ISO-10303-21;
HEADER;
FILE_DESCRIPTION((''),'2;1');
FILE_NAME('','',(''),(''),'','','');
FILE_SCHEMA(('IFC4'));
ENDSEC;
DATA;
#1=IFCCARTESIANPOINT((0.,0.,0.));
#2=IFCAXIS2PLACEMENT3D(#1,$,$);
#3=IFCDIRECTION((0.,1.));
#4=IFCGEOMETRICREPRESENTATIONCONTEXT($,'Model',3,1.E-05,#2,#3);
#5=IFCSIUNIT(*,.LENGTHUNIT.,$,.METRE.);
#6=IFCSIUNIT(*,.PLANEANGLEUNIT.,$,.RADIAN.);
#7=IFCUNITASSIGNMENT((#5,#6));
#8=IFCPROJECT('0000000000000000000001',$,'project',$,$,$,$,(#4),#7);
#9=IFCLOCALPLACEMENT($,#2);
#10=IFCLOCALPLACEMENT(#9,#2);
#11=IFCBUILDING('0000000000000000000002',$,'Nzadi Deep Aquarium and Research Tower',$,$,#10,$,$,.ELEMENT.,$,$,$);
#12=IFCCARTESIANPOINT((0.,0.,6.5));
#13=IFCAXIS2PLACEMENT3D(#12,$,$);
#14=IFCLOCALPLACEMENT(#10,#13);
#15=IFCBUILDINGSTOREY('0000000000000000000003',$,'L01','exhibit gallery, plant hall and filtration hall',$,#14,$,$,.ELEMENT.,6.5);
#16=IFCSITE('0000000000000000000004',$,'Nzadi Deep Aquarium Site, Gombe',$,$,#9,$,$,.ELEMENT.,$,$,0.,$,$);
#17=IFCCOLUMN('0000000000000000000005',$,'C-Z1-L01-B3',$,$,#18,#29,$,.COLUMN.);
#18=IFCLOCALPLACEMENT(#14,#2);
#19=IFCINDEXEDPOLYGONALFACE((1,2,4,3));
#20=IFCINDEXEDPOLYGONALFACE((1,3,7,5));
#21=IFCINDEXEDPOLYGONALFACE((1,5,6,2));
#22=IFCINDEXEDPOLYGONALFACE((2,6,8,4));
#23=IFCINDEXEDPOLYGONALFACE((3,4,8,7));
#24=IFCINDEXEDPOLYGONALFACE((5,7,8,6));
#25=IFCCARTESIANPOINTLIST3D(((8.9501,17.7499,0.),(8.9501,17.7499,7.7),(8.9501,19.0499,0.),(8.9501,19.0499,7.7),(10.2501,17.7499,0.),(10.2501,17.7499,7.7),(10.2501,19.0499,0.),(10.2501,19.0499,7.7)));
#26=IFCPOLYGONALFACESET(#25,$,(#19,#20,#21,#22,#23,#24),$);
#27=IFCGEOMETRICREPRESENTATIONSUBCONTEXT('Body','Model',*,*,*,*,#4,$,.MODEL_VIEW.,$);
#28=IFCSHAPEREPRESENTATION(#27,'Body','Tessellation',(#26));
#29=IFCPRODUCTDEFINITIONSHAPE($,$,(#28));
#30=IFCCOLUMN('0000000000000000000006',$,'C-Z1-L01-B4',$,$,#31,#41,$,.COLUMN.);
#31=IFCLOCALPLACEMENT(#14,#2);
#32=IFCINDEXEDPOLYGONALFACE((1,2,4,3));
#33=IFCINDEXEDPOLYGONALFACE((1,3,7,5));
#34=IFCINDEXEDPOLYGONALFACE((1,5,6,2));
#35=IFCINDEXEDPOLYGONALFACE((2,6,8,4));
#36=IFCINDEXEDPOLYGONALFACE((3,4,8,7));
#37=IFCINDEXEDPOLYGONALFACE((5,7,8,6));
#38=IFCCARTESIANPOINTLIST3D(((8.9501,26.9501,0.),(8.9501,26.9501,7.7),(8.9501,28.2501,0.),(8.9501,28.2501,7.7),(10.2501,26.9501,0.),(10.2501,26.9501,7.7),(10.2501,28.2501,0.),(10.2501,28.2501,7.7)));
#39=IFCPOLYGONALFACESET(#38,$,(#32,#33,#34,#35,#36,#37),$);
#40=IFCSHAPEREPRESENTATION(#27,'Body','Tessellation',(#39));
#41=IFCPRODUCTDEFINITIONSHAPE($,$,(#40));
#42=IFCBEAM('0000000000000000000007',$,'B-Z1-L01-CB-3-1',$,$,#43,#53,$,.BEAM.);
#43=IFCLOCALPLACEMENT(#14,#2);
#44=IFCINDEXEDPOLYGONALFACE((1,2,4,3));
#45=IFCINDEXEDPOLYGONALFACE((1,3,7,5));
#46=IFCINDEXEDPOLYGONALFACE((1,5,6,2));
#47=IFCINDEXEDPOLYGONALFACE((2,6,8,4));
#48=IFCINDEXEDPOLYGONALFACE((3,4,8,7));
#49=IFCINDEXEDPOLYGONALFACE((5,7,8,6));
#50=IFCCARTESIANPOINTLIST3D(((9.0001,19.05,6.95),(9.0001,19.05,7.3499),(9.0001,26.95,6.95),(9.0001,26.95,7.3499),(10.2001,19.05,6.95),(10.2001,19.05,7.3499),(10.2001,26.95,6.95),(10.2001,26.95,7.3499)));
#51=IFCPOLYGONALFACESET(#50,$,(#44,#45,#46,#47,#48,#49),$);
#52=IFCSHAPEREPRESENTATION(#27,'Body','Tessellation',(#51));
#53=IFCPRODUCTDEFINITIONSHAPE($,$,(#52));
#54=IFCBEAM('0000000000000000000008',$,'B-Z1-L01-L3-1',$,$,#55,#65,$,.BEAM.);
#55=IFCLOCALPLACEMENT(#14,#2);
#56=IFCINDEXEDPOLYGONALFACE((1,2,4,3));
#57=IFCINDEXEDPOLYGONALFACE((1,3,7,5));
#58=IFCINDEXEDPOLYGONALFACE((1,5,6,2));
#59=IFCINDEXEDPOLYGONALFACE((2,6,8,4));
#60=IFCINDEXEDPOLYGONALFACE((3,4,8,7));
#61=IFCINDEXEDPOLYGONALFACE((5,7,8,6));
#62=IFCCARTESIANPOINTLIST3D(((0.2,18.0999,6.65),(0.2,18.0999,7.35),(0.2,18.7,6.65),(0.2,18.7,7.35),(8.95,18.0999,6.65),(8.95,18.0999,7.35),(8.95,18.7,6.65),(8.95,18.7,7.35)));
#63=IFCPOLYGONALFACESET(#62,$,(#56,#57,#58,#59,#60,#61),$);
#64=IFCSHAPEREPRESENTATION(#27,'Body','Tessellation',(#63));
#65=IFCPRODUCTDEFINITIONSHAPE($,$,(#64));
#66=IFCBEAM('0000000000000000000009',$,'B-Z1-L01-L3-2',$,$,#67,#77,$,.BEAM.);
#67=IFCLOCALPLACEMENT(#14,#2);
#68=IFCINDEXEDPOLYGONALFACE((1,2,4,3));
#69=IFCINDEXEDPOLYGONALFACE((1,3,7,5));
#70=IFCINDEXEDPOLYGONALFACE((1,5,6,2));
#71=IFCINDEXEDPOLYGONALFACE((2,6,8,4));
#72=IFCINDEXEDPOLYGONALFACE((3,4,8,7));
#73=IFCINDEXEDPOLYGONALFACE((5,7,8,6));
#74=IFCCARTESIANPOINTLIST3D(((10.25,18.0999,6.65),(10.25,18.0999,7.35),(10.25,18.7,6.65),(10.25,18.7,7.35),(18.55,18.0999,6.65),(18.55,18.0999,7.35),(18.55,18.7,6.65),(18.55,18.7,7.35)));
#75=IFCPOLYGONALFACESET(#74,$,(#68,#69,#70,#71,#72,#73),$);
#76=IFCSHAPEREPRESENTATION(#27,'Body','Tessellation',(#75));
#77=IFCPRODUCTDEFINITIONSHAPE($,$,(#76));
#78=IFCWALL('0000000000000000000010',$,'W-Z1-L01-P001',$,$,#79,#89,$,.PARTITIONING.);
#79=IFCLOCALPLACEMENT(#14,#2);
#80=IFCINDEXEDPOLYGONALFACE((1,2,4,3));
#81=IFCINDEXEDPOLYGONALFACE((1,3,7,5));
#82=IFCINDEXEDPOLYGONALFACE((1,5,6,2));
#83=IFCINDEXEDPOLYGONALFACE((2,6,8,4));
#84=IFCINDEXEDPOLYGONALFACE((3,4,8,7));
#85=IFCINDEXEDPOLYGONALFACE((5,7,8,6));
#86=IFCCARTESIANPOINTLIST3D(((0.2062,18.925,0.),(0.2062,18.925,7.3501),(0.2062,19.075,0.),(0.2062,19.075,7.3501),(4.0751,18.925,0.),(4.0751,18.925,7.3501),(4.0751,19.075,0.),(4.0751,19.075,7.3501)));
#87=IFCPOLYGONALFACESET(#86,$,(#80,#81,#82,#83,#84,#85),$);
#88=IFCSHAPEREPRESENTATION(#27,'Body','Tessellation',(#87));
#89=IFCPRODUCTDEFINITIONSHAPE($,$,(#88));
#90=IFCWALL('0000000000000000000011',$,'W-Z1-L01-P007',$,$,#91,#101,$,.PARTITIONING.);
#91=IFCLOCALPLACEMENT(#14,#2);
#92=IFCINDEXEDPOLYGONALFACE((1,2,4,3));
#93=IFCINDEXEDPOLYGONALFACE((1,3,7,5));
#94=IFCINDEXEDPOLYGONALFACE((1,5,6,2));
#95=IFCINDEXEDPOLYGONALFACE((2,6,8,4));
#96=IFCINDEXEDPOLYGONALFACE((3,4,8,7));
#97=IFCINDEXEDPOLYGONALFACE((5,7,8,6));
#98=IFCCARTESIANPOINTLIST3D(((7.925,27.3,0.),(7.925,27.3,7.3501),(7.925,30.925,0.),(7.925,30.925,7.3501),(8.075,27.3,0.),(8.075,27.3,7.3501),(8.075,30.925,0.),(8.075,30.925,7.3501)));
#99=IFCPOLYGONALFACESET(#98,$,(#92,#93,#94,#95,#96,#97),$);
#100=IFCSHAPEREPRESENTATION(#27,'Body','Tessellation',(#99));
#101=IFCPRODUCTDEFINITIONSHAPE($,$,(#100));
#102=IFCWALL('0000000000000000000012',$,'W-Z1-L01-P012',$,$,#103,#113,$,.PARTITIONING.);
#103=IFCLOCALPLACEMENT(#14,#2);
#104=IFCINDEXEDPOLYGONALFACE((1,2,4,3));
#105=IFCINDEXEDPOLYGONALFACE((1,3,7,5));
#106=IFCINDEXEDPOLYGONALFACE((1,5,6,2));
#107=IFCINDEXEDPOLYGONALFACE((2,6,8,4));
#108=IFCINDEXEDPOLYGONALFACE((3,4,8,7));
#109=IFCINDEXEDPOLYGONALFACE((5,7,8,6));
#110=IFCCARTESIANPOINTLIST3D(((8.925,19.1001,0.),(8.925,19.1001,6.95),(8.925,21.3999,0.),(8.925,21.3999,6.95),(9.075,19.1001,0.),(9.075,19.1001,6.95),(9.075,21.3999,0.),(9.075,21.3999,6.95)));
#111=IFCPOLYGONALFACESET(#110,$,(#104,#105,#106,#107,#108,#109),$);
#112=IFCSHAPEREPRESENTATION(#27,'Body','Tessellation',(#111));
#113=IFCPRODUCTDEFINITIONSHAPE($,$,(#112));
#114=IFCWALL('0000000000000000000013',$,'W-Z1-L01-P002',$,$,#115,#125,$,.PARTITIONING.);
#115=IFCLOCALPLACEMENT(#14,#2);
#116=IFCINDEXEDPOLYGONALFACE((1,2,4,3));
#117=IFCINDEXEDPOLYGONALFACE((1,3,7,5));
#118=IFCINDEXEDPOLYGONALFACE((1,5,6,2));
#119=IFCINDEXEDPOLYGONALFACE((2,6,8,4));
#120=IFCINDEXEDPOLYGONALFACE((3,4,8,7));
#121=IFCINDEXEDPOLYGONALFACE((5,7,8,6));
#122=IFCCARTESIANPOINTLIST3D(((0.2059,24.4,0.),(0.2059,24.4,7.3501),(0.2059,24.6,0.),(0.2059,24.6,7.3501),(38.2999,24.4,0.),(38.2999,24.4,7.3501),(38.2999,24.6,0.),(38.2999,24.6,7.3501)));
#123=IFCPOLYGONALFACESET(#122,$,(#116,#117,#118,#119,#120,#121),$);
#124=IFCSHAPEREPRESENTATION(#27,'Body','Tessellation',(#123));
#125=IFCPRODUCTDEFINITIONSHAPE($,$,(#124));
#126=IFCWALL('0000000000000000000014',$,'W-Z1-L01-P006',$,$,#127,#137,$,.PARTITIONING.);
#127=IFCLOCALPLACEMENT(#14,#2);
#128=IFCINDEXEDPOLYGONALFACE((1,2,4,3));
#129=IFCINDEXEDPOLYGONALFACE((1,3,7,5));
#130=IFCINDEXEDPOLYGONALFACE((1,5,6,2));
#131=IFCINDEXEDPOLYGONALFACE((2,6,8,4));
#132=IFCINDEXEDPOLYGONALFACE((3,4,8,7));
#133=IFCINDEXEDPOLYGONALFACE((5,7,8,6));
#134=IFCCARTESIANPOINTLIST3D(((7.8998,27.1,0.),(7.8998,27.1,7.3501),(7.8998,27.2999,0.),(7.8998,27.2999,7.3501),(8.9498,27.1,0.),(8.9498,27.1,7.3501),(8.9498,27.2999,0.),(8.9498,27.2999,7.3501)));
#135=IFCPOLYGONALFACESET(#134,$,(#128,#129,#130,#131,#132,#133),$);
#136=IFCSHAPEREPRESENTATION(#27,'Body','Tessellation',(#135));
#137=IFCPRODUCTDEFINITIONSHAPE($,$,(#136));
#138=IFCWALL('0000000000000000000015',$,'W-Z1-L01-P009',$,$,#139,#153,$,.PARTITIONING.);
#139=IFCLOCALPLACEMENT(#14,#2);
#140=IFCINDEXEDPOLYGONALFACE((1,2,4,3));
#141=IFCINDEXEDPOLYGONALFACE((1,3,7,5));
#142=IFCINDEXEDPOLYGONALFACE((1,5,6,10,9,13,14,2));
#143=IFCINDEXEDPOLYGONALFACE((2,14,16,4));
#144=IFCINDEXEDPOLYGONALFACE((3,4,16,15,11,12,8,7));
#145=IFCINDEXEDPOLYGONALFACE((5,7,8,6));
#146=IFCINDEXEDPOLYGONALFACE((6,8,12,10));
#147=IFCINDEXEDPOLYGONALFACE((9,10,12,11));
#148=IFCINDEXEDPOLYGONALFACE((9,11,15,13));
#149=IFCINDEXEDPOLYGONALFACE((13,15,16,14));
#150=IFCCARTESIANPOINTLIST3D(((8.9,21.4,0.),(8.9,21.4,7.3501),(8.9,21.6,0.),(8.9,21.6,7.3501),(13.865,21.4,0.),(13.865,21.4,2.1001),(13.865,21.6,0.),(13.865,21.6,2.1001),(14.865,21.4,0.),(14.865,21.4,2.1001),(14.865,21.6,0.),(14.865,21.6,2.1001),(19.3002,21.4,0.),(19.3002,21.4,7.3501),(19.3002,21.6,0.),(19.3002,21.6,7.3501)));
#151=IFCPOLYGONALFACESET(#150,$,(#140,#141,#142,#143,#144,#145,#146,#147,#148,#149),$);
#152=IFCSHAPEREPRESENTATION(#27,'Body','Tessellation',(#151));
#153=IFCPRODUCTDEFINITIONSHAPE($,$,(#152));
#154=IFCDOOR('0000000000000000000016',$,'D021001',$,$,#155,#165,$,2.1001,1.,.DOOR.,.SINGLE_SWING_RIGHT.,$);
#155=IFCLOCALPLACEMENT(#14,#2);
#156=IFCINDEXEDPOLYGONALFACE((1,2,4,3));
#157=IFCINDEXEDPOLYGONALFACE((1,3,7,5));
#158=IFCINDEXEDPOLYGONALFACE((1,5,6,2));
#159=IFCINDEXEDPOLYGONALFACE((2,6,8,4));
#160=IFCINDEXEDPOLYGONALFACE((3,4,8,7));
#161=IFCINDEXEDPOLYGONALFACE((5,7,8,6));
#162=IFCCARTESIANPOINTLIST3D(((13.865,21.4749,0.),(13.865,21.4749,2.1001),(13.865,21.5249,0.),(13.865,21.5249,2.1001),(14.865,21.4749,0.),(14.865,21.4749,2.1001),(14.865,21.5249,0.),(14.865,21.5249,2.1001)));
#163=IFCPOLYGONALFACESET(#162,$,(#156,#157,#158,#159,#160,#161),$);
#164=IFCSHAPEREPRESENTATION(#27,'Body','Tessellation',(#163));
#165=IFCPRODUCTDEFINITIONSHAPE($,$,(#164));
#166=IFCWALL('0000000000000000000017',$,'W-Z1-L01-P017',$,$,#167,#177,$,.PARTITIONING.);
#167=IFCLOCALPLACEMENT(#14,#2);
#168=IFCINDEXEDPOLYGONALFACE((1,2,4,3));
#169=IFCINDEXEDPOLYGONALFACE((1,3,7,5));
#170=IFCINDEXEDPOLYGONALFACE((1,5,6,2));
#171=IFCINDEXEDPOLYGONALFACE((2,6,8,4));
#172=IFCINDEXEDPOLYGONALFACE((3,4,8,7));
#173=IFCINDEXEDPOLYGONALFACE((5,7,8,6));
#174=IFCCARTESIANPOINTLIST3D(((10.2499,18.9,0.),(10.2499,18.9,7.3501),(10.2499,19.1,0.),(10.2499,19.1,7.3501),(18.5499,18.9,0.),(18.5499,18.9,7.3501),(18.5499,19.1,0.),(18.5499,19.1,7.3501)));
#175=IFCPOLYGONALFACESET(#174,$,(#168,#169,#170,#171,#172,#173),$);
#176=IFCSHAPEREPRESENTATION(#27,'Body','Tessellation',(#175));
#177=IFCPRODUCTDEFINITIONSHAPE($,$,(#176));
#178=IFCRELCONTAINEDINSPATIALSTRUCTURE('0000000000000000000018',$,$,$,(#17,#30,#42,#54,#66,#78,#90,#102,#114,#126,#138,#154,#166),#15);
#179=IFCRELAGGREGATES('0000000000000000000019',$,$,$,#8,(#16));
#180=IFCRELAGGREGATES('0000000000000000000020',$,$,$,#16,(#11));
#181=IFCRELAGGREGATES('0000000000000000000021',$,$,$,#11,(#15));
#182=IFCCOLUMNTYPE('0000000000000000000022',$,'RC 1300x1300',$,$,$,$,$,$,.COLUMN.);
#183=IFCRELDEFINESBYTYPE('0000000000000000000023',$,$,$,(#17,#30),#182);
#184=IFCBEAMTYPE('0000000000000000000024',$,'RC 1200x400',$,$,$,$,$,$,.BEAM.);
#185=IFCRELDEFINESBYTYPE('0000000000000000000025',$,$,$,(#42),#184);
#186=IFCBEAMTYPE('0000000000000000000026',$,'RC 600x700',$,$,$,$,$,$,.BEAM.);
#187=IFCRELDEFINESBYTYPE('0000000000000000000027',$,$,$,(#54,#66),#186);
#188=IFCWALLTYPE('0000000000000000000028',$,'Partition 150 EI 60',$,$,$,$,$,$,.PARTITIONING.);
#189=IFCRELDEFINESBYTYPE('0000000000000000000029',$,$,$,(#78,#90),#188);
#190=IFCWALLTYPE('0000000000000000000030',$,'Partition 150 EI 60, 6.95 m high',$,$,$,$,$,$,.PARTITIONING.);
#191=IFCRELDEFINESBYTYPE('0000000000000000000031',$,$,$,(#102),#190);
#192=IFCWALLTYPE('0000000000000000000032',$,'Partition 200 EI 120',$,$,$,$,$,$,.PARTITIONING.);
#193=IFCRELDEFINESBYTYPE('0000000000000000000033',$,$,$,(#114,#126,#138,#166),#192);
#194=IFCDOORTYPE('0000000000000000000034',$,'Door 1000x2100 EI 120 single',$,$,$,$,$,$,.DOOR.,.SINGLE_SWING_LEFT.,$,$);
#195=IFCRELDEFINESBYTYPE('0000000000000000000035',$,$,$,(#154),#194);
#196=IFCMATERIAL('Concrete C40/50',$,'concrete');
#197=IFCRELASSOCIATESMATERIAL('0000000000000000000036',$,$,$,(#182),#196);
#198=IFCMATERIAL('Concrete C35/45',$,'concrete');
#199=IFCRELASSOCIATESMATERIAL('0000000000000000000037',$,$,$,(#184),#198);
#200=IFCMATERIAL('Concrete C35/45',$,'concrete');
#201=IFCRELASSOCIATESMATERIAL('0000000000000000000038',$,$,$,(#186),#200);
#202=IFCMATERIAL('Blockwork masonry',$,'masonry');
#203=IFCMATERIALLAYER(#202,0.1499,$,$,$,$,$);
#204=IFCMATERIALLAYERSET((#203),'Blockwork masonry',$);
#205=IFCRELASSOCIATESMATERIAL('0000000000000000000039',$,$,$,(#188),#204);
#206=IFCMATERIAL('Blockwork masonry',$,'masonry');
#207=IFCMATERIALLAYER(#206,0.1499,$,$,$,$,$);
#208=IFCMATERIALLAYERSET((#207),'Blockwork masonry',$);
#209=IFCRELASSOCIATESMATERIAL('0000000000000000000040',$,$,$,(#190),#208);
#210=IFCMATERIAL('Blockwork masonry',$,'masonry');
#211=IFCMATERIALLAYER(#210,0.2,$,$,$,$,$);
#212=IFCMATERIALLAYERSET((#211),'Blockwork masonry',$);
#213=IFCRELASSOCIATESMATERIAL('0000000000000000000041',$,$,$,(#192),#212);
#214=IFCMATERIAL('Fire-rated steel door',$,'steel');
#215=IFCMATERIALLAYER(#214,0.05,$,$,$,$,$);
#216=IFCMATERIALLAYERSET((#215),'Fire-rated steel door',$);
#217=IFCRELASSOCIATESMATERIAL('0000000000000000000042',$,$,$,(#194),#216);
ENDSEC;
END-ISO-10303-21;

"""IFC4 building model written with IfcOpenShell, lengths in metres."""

from ifc_helpers import new_model, si_unit, direction, frame, frame_2d, origin, origin_2d, place, context, subcontext, project, spatial, rectangle, extrude, material, layer, layer_set, material_profile, profile_set, type_object, element, fill, save


model = new_model("IFC4")

# Units and contexts
model_context = context("Model", 3, precision=1e-05, world=origin(), true_north=direction((0.0, 1.0)))
body_context = subcontext(model_context, "Body", "Model", "MODEL_VIEW")
ifc_project = project(units=[si_unit("LENGTHUNIT", "METRE"), si_unit("PLANEANGLEUNIT", "RADIAN")], contexts=[model_context])

# Site, building, storey
site_placement = place(None, origin())
site = spatial("IfcSite", under=ifc_project, at=site_placement, Name="Nzadi Deep Aquarium Site, Gombe", CompositionType="ELEMENT", RefElevation=0.0)
building_placement = place(site_placement, origin())
building = spatial("IfcBuilding", under=site, at=building_placement, Name="Nzadi Deep Aquarium and Research Tower", CompositionType="ELEMENT")
storey_placement = place(building_placement, frame((0.0, 0.0, 6.5)))
storey = spatial("IfcBuildingStorey", under=building, at=storey_placement, Name="L01", Description="exhibit gallery, plant hall and filtration hall", CompositionType="ELEMENT", Elevation=6.5)

# Columns
ifc_material_1 = material(Name="Concrete C40/50", Category="concrete")
ifc_material_profile_1 = material_profile(ifc_material_1, rectangle(XDim=1.3, YDim=1.3, at=origin_2d()))
ifc_profile_set_1 = profile_set([ifc_material_profile_1], Name="Concrete C40/50")
column_type = type_object("IfcColumnType", Name="RC 1300x1300", PredefinedType="COLUMN", material=ifc_profile_set_1)
for number, where, z_axis, x_axis, name in (
    (1, (9.6001, 18.3999, 0.0), (0.0, 0.0, 1.0), (1.0, 0.0, 0.0), "C-Z1-L01-B3"),
    (2, (9.6001, 27.6001, 0.0), (0.0, 0.0, 1.0), (1.0, 0.0, 0.0), "C-Z1-L01-B4"),
):
    element("IfcColumn", number, at=place(storey_placement, frame(where, z_axis=z_axis, x_axis=x_axis)), inside=storey, type_object=column_type, Name=name, PredefinedType="COLUMN", context=body_context, shape_type="SweptSolid", body=[
        extrude(rectangle(XDim=1.3, YDim=1.3, at=origin_2d()), origin(), (0.0, 0.0, 1.0), 7.7),
    ])

# Beams
ifc_material_2 = material(Name="Concrete C35/45", Category="concrete")
ifc_material_profile_2 = material_profile(ifc_material_2, rectangle(XDim=1.2, YDim=0.3999, at=origin_2d()))
ifc_profile_set_2 = profile_set([ifc_material_profile_2], Name="Concrete C35/45")
beam_type_1 = type_object("IfcBeamType", Name="RC 1200x400", PredefinedType="BEAM", material=ifc_profile_set_2)
beam_1_placement = place(storey_placement, frame((9.6001, 19.05, 7.1499), z_axis=(0.0, 1.0, 0.0), x_axis=(-1.0, 0.0, 0.0)))
element("IfcBeam", 3, at=beam_1_placement, inside=storey, type_object=beam_type_1, Name="B-Z1-L01-CB-3-1", PredefinedType="BEAM", context=body_context, shape_type="SweptSolid", body=[
    extrude(rectangle(XDim=1.2, YDim=0.3999, at=origin_2d()), origin(), (0.0, 0.0, 1.0), 7.8999),
])
ifc_material_3 = material(Name="Concrete C35/45", Category="concrete")
ifc_material_profile_3 = material_profile(ifc_material_3, rectangle(XDim=0.6001, YDim=0.7, at=origin_2d()))
ifc_profile_set_3 = profile_set([ifc_material_profile_3], Name="Concrete C35/45")
beam_type_2 = type_object("IfcBeamType", Name="RC 600x700", PredefinedType="BEAM", material=ifc_profile_set_3)
beam_2_placement = place(storey_placement, frame((0.2, 18.3999, 7.0), z_axis=(1.0, 0.0, 0.0), x_axis=(0.0, 1.0, 0.0)))
element("IfcBeam", 4, at=beam_2_placement, inside=storey, type_object=beam_type_2, Name="B-Z1-L01-L3-1", PredefinedType="BEAM", context=body_context, shape_type="SweptSolid", body=[
    extrude(rectangle(XDim=0.6001, YDim=0.7, at=origin_2d()), origin(), (0.0, 0.0, 1.0), 8.75),
])
beam_3_placement = place(storey_placement, frame((10.25, 18.3999, 7.0), z_axis=(1.0, 0.0, 0.0), x_axis=(0.0, 1.0, 0.0)))
element("IfcBeam", 5, at=beam_3_placement, inside=storey, type_object=beam_type_2, Name="B-Z1-L01-L3-2", PredefinedType="BEAM", context=body_context, shape_type="SweptSolid", body=[
    extrude(rectangle(XDim=0.6001, YDim=0.7, at=origin_2d()), origin(), (0.0, 0.0, 1.0), 8.3),
])

# Walls
ifc_material_4 = material(Name="Blockwork masonry", Category="masonry")
ifc_layer_1 = layer(ifc_material_4, 0.1499)
ifc_layer_set_1 = layer_set([ifc_layer_1], Name="Blockwork masonry")
wall_type_1 = type_object("IfcWallType", Name="Partition 150 EI 60", PredefinedType="PARTITIONING", material=ifc_layer_set_1)
wall_1_placement = place(storey_placement, frame((0.2061, 19.0, 0.0), z_axis=(0.0, 0.0, 1.0), x_axis=(1.0, 0.0, 0.0)))
element("IfcWall", 6, at=wall_1_placement, inside=storey, type_object=wall_type_1, Name="W-Z1-L01-P001", PredefinedType="PARTITIONING", context=body_context, shape_type="SweptSolid", body=[
    extrude(rectangle(XDim=3.8689, YDim=0.1499, at=frame_2d((1.9346, 0.0))), origin(), (0.0, 0.0, 1.0), 7.3501),
])
wall_2_placement = place(storey_placement, frame((8.0, 27.3, 0.0), z_axis=(0.0, 0.0, 1.0), x_axis=(0.0, 1.0, 0.0)))
element("IfcWall", 7, at=wall_2_placement, inside=storey, type_object=wall_type_1, Name="W-Z1-L01-P007", PredefinedType="PARTITIONING", context=body_context, shape_type="SweptSolid", body=[
    extrude(rectangle(XDim=3.625, YDim=0.1499, at=frame_2d((1.8125, 0.0))), origin(), (0.0, 0.0, 1.0), 7.3501),
])
ifc_material_5 = material(Name="Blockwork masonry", Category="masonry")
ifc_layer_2 = layer(ifc_material_5, 0.1499)
ifc_layer_set_2 = layer_set([ifc_layer_2], Name="Blockwork masonry")
wall_type_2 = type_object("IfcWallType", Name="Partition 150 EI 60, 6.95 m high", PredefinedType="PARTITIONING", material=ifc_layer_set_2)
wall_3_placement = place(storey_placement, frame((9.0, 19.1001, 0.0), z_axis=(0.0, 0.0, 1.0), x_axis=(0.0, 1.0, 0.0)))
element("IfcWall", 8, at=wall_3_placement, inside=storey, type_object=wall_type_2, Name="W-Z1-L01-P012", PredefinedType="PARTITIONING", context=body_context, shape_type="SweptSolid", body=[
    extrude(rectangle(XDim=2.2998, YDim=0.1499, at=frame_2d((1.1499, 0.0))), origin(), (0.0, 0.0, 1.0), 6.95),
])
ifc_material_6 = material(Name="Blockwork masonry", Category="masonry")
ifc_layer_3 = layer(ifc_material_6, 0.2)
ifc_layer_set_3 = layer_set([ifc_layer_3], Name="Blockwork masonry")
wall_type_3 = type_object("IfcWallType", Name="Partition 200 EI 120", PredefinedType="PARTITIONING", material=ifc_layer_set_3)
wall_4_placement = place(storey_placement, frame((0.2061, 24.5, 0.0), z_axis=(0.0, 0.0, 1.0), x_axis=(1.0, 0.0, 0.0)))
element("IfcWall", 9, at=wall_4_placement, inside=storey, type_object=wall_type_3, Name="W-Z1-L01-P002", PredefinedType="PARTITIONING", context=body_context, shape_type="SweptSolid", body=[
    extrude(rectangle(XDim=38.094, YDim=0.2, at=frame_2d((19.0469, 0.0))), origin(), (0.0, 0.0, 1.0), 7.3501),
])
wall_5_placement = place(storey_placement, frame((7.8999, 27.2, 0.0), z_axis=(0.0, 0.0, 1.0), x_axis=(1.0, 0.0, 0.0)))
element("IfcWall", 10, at=wall_5_placement, inside=storey, type_object=wall_type_3, Name="W-Z1-L01-P006", PredefinedType="PARTITIONING", context=body_context, shape_type="SweptSolid", body=[
    extrude(rectangle(XDim=1.05, YDim=0.2, at=frame_2d((0.5249, 0.0))), origin(), (0.0, 0.0, 1.0), 7.3501),
])

# Wall, opening, door
wall_6_placement = place(storey_placement, frame((8.8999, 21.5, 0.0), z_axis=(0.0, 0.0, 1.0), x_axis=(1.0, 0.0, 0.0)))
wall_6 = element("IfcWall", 11, at=wall_6_placement, inside=storey, type_object=wall_type_3, Name="W-Z1-L01-P009", PredefinedType="PARTITIONING", context=body_context, shape_type="SweptSolid", body=[
    extrude(rectangle(XDim=10.4001, YDim=0.2, at=frame_2d((5.2002, 0.0))), origin(), (0.0, 0.0, 1.0), 7.3501),
])
opening_1_placement = place(wall_6_placement, frame((4.9651, 0.0, 0.0)))
opening_1 = element("IfcOpeningElement", 12, at=opening_1_placement, cuts=wall_6, PredefinedType="OPENING", context=body_context, shape_type="SweptSolid", body=[
    extrude(rectangle(XDim=1.0, YDim=2.1001, at=frame_2d((0.5, 1.05))), frame((0.0, 0.1101, 0.0), z_axis=(0.0, -1.0, 0.0), x_axis=(1.0, 0.0, 0.0)), (0.0, 0.0, 1.0), 0.2202),
])
ifc_material_7 = material(Name="Fire-rated steel door", Category="steel")
ifc_layer_4 = layer(ifc_material_7, 0.05)
ifc_layer_set_4 = layer_set([ifc_layer_4], Name="Fire-rated steel door")
door_type_1 = type_object("IfcDoorType", Name="Door 1000x2100 EI 120 single", OperationType="SINGLE_SWING_LEFT", PredefinedType="DOOR", material=ifc_layer_set_4)
door_1_placement = place(opening_1_placement, origin())
door_1 = element("IfcDoor", 13, at=door_1_placement, inside=storey, type_object=door_type_1, Name="D021001", OperationType="SINGLE_SWING_RIGHT", OverallHeight=2.1001, OverallWidth=1.0, PredefinedType="DOOR", context=body_context, shape_type="SweptSolid", body=[
    extrude(rectangle(XDim=1.0, YDim=2.1001, at=frame_2d((0.5, 1.05))), frame((0.0, 0.0249, 0.0), z_axis=(0.0, -1.0, 0.0), x_axis=(1.0, 0.0, 0.0)), (0.0, 0.0, 1.0), 0.05),
])
fill(opening_1, door_1)

# Wall
wall_7_placement = place(storey_placement, frame((10.25, 19.0, 0.0), z_axis=(0.0, 0.0, 1.0), x_axis=(1.0, 0.0, 0.0)))
element("IfcWall", 14, at=wall_7_placement, inside=storey, type_object=wall_type_3, Name="W-Z1-L01-P017", PredefinedType="PARTITIONING", context=body_context, shape_type="SweptSolid", body=[
    extrude(rectangle(XDim=8.3, YDim=0.2, at=frame_2d((4.1499, 0.0))), origin(), (0.0, 0.0, 1.0), 7.3501),
])

save(model, "model.ifc")
